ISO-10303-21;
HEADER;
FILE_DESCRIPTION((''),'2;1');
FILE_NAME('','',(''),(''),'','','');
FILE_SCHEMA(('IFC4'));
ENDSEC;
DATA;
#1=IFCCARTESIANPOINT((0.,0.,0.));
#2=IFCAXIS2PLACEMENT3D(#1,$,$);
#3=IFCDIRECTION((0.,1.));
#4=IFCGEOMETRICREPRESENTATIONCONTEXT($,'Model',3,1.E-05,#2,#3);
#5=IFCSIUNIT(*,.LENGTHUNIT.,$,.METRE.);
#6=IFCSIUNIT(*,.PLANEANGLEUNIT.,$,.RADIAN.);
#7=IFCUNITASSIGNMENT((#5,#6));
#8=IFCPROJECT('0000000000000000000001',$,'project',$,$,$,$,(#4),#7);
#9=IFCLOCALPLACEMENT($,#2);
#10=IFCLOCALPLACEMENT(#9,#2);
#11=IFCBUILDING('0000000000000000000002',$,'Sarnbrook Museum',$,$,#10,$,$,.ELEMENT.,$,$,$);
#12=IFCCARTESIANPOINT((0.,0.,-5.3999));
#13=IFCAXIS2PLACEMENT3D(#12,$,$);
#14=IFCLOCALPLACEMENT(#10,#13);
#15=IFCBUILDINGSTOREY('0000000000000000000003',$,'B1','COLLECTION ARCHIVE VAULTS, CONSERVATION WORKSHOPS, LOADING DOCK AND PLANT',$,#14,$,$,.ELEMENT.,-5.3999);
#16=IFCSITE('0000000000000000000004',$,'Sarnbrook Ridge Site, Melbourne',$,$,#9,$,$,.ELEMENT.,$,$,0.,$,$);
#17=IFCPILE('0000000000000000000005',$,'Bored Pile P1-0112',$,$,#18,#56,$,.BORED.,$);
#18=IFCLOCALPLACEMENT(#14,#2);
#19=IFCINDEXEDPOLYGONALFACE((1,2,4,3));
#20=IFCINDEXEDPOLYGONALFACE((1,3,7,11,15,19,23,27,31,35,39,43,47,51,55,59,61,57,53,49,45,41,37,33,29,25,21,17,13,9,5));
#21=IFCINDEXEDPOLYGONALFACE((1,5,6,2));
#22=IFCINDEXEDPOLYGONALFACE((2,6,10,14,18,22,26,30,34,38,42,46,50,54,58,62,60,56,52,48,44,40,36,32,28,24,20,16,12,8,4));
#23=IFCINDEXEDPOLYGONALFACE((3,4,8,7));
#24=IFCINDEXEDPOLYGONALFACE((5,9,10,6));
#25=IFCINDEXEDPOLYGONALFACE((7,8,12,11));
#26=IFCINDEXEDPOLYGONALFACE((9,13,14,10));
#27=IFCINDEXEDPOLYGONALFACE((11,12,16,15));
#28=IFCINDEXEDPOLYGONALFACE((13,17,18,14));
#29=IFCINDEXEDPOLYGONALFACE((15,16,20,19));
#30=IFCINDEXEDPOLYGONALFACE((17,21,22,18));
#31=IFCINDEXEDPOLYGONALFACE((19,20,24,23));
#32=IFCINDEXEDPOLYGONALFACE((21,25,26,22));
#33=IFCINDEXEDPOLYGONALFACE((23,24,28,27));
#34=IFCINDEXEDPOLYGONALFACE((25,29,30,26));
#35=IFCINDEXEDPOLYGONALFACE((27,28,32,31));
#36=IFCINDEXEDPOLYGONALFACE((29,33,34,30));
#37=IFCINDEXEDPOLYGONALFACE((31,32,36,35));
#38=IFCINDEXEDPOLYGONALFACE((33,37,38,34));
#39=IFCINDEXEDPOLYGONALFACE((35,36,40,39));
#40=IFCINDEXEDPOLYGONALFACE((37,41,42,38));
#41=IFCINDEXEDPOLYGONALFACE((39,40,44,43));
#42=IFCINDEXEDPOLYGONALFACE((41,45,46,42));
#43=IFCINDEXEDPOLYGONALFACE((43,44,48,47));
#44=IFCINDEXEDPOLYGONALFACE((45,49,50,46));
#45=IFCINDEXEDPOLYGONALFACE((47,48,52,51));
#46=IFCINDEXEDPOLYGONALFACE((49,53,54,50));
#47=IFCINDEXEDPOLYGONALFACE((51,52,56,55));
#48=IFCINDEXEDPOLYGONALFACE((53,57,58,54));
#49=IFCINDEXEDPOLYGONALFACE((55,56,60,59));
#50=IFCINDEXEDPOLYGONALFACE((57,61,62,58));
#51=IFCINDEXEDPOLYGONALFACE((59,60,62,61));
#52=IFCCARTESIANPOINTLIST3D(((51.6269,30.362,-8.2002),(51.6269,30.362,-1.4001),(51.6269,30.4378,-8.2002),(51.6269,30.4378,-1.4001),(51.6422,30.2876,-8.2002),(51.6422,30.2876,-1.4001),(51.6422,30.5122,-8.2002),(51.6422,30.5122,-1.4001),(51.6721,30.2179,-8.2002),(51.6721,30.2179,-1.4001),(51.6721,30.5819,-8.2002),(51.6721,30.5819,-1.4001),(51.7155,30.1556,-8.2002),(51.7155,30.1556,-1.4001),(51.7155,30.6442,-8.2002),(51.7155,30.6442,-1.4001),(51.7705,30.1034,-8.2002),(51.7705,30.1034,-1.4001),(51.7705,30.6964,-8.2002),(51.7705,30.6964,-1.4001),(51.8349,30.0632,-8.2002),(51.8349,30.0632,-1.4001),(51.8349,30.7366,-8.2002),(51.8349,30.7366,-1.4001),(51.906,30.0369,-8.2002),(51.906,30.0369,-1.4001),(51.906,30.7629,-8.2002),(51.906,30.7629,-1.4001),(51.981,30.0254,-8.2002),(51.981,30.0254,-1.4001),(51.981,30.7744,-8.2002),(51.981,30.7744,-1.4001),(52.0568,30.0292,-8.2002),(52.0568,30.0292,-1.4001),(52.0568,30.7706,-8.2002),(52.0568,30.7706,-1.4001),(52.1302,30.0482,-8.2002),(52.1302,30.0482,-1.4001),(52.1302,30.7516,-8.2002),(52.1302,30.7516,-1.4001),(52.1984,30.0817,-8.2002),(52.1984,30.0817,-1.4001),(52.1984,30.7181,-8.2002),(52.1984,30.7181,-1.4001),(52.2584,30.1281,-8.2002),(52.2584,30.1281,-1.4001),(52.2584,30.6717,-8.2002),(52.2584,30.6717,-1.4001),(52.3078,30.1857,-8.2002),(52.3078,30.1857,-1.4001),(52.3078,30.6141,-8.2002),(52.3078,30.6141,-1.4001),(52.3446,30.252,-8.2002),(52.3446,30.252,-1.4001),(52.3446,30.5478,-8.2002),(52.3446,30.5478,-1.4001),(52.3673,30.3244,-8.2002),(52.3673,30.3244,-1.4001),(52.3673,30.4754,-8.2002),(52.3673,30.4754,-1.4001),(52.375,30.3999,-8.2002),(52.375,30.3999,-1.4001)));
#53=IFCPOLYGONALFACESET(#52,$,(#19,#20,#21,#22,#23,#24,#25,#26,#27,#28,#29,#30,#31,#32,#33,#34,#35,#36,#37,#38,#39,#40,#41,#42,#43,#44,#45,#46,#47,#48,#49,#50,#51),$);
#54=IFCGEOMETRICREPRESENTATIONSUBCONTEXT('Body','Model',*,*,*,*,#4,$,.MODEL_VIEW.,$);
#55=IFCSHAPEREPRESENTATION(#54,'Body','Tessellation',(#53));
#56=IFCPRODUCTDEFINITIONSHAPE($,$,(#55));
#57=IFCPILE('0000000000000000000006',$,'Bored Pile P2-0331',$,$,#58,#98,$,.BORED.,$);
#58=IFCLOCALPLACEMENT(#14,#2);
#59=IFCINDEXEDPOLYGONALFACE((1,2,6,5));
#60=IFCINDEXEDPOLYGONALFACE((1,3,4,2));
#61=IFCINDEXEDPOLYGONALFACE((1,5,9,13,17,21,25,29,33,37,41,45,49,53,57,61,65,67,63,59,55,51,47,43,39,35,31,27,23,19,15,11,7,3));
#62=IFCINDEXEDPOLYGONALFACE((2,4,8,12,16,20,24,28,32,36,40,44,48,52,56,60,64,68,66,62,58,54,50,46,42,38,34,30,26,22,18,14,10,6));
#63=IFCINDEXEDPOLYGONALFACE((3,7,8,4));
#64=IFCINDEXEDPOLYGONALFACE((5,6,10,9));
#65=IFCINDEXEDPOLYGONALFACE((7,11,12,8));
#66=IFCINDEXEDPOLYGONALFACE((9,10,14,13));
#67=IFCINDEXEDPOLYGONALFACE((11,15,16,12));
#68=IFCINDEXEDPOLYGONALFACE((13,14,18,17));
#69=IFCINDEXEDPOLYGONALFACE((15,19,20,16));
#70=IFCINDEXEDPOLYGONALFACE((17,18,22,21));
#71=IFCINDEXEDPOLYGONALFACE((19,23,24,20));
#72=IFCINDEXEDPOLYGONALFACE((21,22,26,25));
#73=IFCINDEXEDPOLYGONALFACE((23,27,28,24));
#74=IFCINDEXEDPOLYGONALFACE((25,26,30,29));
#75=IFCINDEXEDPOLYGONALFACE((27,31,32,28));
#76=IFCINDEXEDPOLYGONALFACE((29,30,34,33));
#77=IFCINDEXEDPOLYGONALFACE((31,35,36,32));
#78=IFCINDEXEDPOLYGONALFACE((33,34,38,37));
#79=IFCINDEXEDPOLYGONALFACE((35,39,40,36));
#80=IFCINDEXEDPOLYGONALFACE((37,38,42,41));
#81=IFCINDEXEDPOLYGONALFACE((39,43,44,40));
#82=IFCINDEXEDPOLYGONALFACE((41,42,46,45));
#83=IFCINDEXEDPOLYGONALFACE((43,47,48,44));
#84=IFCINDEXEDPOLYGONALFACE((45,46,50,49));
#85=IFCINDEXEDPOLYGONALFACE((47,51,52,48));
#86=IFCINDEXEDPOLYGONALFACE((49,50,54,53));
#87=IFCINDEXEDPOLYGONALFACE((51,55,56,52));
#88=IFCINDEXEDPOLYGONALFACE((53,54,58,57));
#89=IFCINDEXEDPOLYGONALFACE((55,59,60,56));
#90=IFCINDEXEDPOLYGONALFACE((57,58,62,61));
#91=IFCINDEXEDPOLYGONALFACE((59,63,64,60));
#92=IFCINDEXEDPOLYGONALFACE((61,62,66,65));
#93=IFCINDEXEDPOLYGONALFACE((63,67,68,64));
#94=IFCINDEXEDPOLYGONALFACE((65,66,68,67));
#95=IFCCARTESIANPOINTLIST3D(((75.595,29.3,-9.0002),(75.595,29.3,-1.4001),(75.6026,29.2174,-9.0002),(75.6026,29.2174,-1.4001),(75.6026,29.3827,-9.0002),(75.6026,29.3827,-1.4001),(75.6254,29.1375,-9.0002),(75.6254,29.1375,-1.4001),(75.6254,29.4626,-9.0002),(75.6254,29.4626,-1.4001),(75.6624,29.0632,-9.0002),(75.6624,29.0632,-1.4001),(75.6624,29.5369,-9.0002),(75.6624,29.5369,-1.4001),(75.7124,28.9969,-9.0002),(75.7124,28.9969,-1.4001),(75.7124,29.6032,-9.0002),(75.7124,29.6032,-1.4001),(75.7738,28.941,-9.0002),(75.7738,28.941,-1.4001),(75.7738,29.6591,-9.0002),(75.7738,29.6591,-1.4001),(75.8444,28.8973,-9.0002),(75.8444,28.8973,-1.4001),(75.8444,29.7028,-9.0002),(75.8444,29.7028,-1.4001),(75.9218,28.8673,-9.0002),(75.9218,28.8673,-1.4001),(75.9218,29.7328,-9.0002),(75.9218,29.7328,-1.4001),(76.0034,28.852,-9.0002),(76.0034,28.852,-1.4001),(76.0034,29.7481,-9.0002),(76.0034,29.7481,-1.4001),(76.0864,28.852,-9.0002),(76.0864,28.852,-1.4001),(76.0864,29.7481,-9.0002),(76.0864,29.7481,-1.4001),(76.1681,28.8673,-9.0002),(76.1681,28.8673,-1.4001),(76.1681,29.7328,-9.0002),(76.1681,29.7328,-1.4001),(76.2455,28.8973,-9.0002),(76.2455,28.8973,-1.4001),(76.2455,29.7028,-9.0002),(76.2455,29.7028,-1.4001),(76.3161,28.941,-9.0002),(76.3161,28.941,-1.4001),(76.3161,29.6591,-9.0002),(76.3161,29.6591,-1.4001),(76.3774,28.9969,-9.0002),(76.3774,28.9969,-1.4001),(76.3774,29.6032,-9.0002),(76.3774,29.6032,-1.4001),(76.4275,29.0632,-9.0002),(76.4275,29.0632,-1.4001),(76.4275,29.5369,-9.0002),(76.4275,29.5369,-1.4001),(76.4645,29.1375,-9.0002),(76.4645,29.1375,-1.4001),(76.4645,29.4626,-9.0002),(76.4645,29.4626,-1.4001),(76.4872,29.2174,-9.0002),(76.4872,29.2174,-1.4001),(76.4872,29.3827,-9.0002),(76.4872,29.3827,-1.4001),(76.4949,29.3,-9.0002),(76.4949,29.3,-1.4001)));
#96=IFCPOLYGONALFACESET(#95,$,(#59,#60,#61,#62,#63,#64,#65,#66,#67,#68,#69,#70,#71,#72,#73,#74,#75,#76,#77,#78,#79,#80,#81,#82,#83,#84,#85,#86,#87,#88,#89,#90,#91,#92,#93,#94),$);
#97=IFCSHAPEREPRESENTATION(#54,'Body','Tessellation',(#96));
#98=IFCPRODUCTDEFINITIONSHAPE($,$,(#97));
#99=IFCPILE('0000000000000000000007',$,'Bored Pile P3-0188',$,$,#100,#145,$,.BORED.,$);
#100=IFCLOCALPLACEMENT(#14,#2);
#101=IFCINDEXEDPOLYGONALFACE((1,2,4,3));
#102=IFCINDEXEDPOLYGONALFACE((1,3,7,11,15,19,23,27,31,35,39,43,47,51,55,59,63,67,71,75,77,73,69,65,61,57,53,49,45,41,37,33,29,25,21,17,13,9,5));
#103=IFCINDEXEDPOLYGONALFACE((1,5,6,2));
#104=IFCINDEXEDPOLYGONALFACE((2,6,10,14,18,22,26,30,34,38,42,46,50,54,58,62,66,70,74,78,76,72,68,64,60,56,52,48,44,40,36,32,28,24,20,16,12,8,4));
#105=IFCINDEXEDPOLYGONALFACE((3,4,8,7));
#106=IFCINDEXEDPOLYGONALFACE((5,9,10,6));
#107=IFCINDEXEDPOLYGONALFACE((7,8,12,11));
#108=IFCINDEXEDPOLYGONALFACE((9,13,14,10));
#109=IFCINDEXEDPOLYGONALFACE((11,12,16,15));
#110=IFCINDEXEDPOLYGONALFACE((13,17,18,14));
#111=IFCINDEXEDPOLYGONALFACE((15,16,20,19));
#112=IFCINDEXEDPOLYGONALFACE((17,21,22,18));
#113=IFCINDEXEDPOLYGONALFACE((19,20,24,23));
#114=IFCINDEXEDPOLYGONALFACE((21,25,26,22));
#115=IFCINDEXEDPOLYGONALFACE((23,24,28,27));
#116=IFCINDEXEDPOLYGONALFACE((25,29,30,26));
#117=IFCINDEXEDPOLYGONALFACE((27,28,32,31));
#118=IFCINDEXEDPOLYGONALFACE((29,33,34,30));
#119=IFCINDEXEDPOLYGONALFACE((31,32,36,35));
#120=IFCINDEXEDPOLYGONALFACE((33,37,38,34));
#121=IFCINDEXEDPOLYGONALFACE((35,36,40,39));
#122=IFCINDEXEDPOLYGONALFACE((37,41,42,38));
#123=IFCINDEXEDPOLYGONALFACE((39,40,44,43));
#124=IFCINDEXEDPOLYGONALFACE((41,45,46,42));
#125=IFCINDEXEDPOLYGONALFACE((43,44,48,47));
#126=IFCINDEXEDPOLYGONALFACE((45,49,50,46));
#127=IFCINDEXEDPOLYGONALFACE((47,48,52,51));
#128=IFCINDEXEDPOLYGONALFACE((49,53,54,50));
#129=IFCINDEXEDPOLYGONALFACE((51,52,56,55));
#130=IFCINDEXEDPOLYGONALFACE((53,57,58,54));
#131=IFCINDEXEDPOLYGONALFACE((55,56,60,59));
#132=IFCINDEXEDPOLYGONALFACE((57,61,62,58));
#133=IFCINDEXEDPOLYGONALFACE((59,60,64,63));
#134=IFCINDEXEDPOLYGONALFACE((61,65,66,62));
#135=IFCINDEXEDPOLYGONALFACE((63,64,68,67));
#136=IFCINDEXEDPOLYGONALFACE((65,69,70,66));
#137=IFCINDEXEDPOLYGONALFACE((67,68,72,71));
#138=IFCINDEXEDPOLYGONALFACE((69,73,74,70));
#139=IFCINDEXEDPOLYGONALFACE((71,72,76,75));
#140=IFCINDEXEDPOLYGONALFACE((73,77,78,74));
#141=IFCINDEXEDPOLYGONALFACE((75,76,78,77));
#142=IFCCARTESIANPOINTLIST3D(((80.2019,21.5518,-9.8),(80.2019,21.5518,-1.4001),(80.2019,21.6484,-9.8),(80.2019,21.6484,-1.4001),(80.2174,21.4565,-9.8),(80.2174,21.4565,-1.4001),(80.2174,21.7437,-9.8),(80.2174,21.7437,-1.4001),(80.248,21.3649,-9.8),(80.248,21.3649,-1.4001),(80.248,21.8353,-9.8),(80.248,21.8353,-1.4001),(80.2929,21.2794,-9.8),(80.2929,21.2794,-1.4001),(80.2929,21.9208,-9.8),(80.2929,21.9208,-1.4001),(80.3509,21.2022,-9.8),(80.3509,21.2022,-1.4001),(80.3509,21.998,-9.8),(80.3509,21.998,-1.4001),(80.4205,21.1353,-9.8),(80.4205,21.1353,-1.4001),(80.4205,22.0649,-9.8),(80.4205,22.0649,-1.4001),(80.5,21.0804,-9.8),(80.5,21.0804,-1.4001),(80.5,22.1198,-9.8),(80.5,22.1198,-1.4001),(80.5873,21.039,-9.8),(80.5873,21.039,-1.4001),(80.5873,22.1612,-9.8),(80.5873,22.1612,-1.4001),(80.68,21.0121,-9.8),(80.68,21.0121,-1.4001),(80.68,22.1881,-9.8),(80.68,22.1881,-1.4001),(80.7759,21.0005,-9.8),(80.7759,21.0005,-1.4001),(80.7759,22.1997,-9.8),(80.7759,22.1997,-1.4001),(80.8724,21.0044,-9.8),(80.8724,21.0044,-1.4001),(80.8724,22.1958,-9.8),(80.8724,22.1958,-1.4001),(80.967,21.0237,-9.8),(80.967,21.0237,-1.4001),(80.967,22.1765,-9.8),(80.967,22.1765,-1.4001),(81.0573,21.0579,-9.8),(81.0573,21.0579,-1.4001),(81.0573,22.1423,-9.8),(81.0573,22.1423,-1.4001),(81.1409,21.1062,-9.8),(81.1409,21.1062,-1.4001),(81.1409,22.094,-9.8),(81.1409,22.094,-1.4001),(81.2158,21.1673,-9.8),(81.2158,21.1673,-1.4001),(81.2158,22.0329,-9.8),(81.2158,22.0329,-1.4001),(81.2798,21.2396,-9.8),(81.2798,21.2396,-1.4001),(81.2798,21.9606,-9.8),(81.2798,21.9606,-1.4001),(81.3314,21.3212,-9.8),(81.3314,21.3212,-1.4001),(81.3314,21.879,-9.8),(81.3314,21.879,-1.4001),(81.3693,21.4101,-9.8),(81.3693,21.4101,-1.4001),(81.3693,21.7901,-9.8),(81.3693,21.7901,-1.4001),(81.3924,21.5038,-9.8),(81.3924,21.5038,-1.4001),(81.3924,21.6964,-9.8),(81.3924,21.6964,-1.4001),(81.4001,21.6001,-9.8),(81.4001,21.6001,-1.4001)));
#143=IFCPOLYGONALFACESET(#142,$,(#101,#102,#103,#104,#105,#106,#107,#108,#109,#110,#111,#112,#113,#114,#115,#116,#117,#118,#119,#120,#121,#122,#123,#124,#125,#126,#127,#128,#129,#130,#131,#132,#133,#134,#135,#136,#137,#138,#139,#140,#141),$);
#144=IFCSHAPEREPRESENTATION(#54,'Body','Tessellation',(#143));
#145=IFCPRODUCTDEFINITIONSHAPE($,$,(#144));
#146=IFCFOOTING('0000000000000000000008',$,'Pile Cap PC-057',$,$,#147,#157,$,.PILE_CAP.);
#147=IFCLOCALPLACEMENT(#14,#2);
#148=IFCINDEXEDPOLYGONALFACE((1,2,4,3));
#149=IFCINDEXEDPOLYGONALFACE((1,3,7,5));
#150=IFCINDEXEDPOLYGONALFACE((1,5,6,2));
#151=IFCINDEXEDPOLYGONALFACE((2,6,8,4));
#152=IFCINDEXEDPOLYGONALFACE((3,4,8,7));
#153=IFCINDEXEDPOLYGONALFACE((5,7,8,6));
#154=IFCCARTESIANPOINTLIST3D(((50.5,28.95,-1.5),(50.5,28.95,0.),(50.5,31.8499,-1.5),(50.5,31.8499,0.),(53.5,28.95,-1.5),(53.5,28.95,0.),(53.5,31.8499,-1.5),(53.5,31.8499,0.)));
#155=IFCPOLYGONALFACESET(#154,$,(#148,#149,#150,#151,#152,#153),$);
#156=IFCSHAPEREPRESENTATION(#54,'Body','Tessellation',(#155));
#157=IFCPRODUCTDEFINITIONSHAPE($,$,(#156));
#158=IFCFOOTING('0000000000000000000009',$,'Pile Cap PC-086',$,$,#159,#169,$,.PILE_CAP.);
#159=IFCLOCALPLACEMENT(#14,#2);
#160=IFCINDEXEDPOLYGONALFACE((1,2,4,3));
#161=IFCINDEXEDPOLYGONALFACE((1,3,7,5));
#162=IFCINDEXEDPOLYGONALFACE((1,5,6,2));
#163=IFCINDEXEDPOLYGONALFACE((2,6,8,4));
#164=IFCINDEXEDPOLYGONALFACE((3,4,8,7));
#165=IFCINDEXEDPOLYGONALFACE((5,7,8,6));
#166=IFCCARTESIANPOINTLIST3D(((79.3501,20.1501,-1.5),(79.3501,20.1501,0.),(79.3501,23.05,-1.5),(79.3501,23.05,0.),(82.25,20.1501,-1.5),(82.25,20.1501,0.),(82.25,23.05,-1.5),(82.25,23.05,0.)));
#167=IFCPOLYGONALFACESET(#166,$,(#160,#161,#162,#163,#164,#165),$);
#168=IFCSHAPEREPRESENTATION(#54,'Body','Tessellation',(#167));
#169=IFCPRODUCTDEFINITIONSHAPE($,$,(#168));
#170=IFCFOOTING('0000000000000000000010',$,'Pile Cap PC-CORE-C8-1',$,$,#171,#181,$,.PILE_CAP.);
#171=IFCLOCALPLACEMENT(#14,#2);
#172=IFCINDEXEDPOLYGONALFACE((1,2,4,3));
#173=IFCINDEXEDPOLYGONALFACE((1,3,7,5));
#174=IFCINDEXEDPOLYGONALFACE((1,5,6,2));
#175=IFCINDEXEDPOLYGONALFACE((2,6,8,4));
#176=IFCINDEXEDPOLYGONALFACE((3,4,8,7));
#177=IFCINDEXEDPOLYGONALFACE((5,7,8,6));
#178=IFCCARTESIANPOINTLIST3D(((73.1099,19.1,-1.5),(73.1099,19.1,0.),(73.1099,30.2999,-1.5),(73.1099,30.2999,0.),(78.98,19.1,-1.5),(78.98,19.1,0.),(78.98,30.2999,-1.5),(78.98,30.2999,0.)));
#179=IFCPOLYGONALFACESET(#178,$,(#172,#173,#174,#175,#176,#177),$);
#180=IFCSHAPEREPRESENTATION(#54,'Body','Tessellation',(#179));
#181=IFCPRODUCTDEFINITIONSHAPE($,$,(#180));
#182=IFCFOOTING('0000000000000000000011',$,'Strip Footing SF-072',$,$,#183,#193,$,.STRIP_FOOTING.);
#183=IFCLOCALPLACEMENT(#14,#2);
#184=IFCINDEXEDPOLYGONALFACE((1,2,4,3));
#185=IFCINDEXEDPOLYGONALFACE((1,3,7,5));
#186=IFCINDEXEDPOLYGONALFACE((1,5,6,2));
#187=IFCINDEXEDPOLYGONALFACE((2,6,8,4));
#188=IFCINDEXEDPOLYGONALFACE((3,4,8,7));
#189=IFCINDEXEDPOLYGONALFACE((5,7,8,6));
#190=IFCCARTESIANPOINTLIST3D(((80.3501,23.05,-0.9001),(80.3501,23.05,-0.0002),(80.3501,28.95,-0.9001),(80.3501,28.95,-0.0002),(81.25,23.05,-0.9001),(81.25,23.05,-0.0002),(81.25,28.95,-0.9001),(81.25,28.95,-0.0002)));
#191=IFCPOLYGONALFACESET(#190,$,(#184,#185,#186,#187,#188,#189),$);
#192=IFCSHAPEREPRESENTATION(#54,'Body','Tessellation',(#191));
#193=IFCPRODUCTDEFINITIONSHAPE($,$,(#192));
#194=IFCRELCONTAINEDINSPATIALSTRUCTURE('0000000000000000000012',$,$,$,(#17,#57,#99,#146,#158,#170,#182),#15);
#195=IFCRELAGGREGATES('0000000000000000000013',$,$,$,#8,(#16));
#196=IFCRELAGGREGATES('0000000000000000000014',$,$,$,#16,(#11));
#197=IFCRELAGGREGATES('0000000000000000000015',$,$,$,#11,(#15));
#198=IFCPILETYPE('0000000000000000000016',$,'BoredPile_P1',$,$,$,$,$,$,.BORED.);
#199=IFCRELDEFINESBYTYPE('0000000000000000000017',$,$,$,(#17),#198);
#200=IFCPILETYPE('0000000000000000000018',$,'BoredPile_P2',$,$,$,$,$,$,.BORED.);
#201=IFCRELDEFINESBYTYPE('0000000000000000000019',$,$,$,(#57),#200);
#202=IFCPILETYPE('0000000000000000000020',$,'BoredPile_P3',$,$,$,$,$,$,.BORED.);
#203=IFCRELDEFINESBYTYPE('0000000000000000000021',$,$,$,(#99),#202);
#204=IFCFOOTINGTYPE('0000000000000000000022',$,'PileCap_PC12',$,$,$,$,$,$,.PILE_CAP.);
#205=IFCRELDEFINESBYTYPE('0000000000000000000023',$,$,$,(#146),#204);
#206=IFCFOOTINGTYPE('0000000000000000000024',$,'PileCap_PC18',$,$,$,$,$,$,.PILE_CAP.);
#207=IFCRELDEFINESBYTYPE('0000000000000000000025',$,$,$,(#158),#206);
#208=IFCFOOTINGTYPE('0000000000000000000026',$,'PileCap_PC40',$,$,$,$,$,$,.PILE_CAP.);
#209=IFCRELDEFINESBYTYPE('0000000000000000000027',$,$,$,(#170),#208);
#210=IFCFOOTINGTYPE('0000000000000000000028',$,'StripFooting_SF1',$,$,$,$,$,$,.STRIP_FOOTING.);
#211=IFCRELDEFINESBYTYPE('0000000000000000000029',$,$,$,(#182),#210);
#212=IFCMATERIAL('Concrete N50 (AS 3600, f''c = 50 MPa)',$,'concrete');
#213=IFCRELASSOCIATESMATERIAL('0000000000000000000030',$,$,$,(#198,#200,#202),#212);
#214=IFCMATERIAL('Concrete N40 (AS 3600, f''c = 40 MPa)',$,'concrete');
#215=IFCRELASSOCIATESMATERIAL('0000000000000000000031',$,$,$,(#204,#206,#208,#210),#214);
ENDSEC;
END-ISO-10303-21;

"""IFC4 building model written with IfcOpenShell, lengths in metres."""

from ifc_helpers import new_model, si_unit, direction, frame, origin, origin_2d, place, context, subcontext, project, spatial, rectangle, circle, extrude, material, material_profile, profile_set, type_object, element, save


model = new_model("IFC4")

# Units and contexts
model_context = context("Model", 3, precision=1e-05, world=origin(), true_north=direction((0.0, 1.0)))
body_context = subcontext(model_context, "Body", "Model", "MODEL_VIEW")
ifc_project = project(units=[si_unit("LENGTHUNIT", "METRE"), si_unit("PLANEANGLEUNIT", "RADIAN")], contexts=[model_context])

# Site, building, storey
site_placement = place(None, origin())
site = spatial("IfcSite", under=ifc_project, at=site_placement, Name="Sarnbrook Ridge Site, Melbourne", CompositionType="ELEMENT", RefElevation=0.0)
building_placement = place(site_placement, origin())
building = spatial("IfcBuilding", under=site, at=building_placement, Name="Sarnbrook Museum", CompositionType="ELEMENT")
storey_placement = place(building_placement, frame((0.0, 0.0, -5.3999)))
storey = spatial("IfcBuildingStorey", under=building, at=storey_placement, Name="B1", Description="COLLECTION ARCHIVE VAULTS, CONSERVATION WORKSHOPS, LOADING DOCK AND PLANT", CompositionType="ELEMENT", Elevation=-5.3999)

# Piles
ifc_material_1 = material(Name="Concrete N50 (AS 3600, f'c = 50 MPa)", Category="concrete")
ifc_material_profile_1 = material_profile(ifc_material_1, circle(Radius=0.375, at=origin_2d()), Name="BORED PILE D750")
ifc_profile_set_1 = profile_set([ifc_material_profile_1], Name="Concrete N50 (AS 3600, f'c = 50 MPa)")
pile_type_1 = type_object("IfcPileType", Name="BoredPile_P1", PredefinedType="BORED", material=ifc_profile_set_1)
pile_1_placement = place(storey_placement, frame((52.0, 30.3999, -1.4001), z_axis=(0.0, 0.0, -1.0), x_axis=(1.0, 0.0, 0.0)))
element("IfcPile", 1, at=pile_1_placement, inside=storey, type_object=pile_type_1, Name="Bored Pile P1-0112", PredefinedType="BORED", context=body_context, shape_type="SweptSolid", body=[
    extrude(circle(Radius=0.375, at=origin_2d()), origin(), (0.0, 0.0, 1.0), 6.8),
])
ifc_material_profile_2 = material_profile(ifc_material_1, circle(Radius=0.45, at=origin_2d()), Name="BORED PILE D900")
ifc_profile_set_2 = profile_set([ifc_material_profile_2], Name="Concrete N50 (AS 3600, f'c = 50 MPa)")
pile_type_2 = type_object("IfcPileType", Name="BoredPile_P2", PredefinedType="BORED", material=ifc_profile_set_2)
pile_2_placement = place(storey_placement, frame((76.0449, 29.3, -1.4001), z_axis=(0.0, 0.0, -1.0), x_axis=(1.0, 0.0, 0.0)))
element("IfcPile", 2, at=pile_2_placement, inside=storey, type_object=pile_type_2, Name="Bored Pile P2-0331", PredefinedType="BORED", context=body_context, shape_type="SweptSolid", body=[
    extrude(circle(Radius=0.45, at=origin_2d()), origin(), (0.0, 0.0, 1.0), 7.6001),
])
ifc_material_profile_3 = material_profile(ifc_material_1, circle(Radius=0.6001, at=origin_2d()), Name="BORED PILE D1200")
ifc_profile_set_3 = profile_set([ifc_material_profile_3], Name="Concrete N50 (AS 3600, f'c = 50 MPa)")
pile_type_3 = type_object("IfcPileType", Name="BoredPile_P3", PredefinedType="BORED", material=ifc_profile_set_3)
pile_3_placement = place(storey_placement, frame((80.8, 21.6001, -1.4001), z_axis=(0.0, 0.0, -1.0), x_axis=(1.0, 0.0, 0.0)))
element("IfcPile", 3, at=pile_3_placement, inside=storey, type_object=pile_type_3, Name="Bored Pile P3-0188", PredefinedType="BORED", context=body_context, shape_type="SweptSolid", body=[
    extrude(circle(Radius=0.6001, at=origin_2d()), origin(), (0.0, 0.0, 1.0), 8.3999),
])

# Footings
ifc_material_2 = material(Name="Concrete N40 (AS 3600, f'c = 40 MPa)", Category="concrete")
footing_type_1 = type_object("IfcFootingType", Name="PileCap_PC12", PredefinedType="PILE_CAP", material=ifc_material_2)
footing_1_placement = place(storey_placement, frame((52.0, 30.3999, -1.5), z_axis=(0.0, 0.0, 1.0), x_axis=(1.0, 0.0, 0.0)))
element("IfcFooting", 4, at=footing_1_placement, inside=storey, type_object=footing_type_1, Name="Pile Cap PC-057", PredefinedType="PILE_CAP", context=body_context, shape_type="SweptSolid", body=[
    extrude(rectangle(XDim=3.0, YDim=2.8999, at=origin_2d()), origin(), (0.0, 0.0, 1.0), 1.5),
])
footing_type_2 = type_object("IfcFootingType", Name="PileCap_PC18", PredefinedType="PILE_CAP", material=ifc_material_2)
footing_2_placement = place(storey_placement, frame((80.8, 21.6001, -1.5), z_axis=(0.0, 0.0, 1.0), x_axis=(1.0, 0.0, 0.0)))
element("IfcFooting", 5, at=footing_2_placement, inside=storey, type_object=footing_type_2, Name="Pile Cap PC-086", PredefinedType="PILE_CAP", context=body_context, shape_type="SweptSolid", body=[
    extrude(rectangle(XDim=2.8999, YDim=2.8999, at=origin_2d()), origin(), (0.0, 0.0, 1.0), 1.5),
])
footing_type_3 = type_object("IfcFootingType", Name="PileCap_PC40", PredefinedType="PILE_CAP", material=ifc_material_2)
footing_3_placement = place(storey_placement, frame((76.0449, 24.7, -1.5), z_axis=(0.0, 0.0, 1.0), x_axis=(1.0, 0.0, 0.0)))
element("IfcFooting", 6, at=footing_3_placement, inside=storey, type_object=footing_type_3, Name="Pile Cap PC-CORE-C8-1", PredefinedType="PILE_CAP", context=body_context, shape_type="SweptSolid", body=[
    extrude(rectangle(XDim=5.8701, YDim=11.2, at=origin_2d()), origin(), (0.0, 0.0, 1.0), 1.5),
])
footing_type_4 = type_object("IfcFootingType", Name="StripFooting_SF1", PredefinedType="STRIP_FOOTING", material=ifc_material_2)
footing_4_placement = place(storey_placement, frame((80.8, 26.0, -0.9001), z_axis=(0.0, 0.0, 1.0), x_axis=(1.0, 0.0, 0.0)))
element("IfcFooting", 7, at=footing_4_placement, inside=storey, type_object=footing_type_4, Name="Strip Footing SF-072", PredefinedType="STRIP_FOOTING", context=body_context, shape_type="SweptSolid", body=[
    extrude(rectangle(XDim=0.8999, YDim=5.8999, at=origin_2d()), origin(), (0.0, 0.0, 1.0), 0.8999),
])

save(model, "model.ifc")
